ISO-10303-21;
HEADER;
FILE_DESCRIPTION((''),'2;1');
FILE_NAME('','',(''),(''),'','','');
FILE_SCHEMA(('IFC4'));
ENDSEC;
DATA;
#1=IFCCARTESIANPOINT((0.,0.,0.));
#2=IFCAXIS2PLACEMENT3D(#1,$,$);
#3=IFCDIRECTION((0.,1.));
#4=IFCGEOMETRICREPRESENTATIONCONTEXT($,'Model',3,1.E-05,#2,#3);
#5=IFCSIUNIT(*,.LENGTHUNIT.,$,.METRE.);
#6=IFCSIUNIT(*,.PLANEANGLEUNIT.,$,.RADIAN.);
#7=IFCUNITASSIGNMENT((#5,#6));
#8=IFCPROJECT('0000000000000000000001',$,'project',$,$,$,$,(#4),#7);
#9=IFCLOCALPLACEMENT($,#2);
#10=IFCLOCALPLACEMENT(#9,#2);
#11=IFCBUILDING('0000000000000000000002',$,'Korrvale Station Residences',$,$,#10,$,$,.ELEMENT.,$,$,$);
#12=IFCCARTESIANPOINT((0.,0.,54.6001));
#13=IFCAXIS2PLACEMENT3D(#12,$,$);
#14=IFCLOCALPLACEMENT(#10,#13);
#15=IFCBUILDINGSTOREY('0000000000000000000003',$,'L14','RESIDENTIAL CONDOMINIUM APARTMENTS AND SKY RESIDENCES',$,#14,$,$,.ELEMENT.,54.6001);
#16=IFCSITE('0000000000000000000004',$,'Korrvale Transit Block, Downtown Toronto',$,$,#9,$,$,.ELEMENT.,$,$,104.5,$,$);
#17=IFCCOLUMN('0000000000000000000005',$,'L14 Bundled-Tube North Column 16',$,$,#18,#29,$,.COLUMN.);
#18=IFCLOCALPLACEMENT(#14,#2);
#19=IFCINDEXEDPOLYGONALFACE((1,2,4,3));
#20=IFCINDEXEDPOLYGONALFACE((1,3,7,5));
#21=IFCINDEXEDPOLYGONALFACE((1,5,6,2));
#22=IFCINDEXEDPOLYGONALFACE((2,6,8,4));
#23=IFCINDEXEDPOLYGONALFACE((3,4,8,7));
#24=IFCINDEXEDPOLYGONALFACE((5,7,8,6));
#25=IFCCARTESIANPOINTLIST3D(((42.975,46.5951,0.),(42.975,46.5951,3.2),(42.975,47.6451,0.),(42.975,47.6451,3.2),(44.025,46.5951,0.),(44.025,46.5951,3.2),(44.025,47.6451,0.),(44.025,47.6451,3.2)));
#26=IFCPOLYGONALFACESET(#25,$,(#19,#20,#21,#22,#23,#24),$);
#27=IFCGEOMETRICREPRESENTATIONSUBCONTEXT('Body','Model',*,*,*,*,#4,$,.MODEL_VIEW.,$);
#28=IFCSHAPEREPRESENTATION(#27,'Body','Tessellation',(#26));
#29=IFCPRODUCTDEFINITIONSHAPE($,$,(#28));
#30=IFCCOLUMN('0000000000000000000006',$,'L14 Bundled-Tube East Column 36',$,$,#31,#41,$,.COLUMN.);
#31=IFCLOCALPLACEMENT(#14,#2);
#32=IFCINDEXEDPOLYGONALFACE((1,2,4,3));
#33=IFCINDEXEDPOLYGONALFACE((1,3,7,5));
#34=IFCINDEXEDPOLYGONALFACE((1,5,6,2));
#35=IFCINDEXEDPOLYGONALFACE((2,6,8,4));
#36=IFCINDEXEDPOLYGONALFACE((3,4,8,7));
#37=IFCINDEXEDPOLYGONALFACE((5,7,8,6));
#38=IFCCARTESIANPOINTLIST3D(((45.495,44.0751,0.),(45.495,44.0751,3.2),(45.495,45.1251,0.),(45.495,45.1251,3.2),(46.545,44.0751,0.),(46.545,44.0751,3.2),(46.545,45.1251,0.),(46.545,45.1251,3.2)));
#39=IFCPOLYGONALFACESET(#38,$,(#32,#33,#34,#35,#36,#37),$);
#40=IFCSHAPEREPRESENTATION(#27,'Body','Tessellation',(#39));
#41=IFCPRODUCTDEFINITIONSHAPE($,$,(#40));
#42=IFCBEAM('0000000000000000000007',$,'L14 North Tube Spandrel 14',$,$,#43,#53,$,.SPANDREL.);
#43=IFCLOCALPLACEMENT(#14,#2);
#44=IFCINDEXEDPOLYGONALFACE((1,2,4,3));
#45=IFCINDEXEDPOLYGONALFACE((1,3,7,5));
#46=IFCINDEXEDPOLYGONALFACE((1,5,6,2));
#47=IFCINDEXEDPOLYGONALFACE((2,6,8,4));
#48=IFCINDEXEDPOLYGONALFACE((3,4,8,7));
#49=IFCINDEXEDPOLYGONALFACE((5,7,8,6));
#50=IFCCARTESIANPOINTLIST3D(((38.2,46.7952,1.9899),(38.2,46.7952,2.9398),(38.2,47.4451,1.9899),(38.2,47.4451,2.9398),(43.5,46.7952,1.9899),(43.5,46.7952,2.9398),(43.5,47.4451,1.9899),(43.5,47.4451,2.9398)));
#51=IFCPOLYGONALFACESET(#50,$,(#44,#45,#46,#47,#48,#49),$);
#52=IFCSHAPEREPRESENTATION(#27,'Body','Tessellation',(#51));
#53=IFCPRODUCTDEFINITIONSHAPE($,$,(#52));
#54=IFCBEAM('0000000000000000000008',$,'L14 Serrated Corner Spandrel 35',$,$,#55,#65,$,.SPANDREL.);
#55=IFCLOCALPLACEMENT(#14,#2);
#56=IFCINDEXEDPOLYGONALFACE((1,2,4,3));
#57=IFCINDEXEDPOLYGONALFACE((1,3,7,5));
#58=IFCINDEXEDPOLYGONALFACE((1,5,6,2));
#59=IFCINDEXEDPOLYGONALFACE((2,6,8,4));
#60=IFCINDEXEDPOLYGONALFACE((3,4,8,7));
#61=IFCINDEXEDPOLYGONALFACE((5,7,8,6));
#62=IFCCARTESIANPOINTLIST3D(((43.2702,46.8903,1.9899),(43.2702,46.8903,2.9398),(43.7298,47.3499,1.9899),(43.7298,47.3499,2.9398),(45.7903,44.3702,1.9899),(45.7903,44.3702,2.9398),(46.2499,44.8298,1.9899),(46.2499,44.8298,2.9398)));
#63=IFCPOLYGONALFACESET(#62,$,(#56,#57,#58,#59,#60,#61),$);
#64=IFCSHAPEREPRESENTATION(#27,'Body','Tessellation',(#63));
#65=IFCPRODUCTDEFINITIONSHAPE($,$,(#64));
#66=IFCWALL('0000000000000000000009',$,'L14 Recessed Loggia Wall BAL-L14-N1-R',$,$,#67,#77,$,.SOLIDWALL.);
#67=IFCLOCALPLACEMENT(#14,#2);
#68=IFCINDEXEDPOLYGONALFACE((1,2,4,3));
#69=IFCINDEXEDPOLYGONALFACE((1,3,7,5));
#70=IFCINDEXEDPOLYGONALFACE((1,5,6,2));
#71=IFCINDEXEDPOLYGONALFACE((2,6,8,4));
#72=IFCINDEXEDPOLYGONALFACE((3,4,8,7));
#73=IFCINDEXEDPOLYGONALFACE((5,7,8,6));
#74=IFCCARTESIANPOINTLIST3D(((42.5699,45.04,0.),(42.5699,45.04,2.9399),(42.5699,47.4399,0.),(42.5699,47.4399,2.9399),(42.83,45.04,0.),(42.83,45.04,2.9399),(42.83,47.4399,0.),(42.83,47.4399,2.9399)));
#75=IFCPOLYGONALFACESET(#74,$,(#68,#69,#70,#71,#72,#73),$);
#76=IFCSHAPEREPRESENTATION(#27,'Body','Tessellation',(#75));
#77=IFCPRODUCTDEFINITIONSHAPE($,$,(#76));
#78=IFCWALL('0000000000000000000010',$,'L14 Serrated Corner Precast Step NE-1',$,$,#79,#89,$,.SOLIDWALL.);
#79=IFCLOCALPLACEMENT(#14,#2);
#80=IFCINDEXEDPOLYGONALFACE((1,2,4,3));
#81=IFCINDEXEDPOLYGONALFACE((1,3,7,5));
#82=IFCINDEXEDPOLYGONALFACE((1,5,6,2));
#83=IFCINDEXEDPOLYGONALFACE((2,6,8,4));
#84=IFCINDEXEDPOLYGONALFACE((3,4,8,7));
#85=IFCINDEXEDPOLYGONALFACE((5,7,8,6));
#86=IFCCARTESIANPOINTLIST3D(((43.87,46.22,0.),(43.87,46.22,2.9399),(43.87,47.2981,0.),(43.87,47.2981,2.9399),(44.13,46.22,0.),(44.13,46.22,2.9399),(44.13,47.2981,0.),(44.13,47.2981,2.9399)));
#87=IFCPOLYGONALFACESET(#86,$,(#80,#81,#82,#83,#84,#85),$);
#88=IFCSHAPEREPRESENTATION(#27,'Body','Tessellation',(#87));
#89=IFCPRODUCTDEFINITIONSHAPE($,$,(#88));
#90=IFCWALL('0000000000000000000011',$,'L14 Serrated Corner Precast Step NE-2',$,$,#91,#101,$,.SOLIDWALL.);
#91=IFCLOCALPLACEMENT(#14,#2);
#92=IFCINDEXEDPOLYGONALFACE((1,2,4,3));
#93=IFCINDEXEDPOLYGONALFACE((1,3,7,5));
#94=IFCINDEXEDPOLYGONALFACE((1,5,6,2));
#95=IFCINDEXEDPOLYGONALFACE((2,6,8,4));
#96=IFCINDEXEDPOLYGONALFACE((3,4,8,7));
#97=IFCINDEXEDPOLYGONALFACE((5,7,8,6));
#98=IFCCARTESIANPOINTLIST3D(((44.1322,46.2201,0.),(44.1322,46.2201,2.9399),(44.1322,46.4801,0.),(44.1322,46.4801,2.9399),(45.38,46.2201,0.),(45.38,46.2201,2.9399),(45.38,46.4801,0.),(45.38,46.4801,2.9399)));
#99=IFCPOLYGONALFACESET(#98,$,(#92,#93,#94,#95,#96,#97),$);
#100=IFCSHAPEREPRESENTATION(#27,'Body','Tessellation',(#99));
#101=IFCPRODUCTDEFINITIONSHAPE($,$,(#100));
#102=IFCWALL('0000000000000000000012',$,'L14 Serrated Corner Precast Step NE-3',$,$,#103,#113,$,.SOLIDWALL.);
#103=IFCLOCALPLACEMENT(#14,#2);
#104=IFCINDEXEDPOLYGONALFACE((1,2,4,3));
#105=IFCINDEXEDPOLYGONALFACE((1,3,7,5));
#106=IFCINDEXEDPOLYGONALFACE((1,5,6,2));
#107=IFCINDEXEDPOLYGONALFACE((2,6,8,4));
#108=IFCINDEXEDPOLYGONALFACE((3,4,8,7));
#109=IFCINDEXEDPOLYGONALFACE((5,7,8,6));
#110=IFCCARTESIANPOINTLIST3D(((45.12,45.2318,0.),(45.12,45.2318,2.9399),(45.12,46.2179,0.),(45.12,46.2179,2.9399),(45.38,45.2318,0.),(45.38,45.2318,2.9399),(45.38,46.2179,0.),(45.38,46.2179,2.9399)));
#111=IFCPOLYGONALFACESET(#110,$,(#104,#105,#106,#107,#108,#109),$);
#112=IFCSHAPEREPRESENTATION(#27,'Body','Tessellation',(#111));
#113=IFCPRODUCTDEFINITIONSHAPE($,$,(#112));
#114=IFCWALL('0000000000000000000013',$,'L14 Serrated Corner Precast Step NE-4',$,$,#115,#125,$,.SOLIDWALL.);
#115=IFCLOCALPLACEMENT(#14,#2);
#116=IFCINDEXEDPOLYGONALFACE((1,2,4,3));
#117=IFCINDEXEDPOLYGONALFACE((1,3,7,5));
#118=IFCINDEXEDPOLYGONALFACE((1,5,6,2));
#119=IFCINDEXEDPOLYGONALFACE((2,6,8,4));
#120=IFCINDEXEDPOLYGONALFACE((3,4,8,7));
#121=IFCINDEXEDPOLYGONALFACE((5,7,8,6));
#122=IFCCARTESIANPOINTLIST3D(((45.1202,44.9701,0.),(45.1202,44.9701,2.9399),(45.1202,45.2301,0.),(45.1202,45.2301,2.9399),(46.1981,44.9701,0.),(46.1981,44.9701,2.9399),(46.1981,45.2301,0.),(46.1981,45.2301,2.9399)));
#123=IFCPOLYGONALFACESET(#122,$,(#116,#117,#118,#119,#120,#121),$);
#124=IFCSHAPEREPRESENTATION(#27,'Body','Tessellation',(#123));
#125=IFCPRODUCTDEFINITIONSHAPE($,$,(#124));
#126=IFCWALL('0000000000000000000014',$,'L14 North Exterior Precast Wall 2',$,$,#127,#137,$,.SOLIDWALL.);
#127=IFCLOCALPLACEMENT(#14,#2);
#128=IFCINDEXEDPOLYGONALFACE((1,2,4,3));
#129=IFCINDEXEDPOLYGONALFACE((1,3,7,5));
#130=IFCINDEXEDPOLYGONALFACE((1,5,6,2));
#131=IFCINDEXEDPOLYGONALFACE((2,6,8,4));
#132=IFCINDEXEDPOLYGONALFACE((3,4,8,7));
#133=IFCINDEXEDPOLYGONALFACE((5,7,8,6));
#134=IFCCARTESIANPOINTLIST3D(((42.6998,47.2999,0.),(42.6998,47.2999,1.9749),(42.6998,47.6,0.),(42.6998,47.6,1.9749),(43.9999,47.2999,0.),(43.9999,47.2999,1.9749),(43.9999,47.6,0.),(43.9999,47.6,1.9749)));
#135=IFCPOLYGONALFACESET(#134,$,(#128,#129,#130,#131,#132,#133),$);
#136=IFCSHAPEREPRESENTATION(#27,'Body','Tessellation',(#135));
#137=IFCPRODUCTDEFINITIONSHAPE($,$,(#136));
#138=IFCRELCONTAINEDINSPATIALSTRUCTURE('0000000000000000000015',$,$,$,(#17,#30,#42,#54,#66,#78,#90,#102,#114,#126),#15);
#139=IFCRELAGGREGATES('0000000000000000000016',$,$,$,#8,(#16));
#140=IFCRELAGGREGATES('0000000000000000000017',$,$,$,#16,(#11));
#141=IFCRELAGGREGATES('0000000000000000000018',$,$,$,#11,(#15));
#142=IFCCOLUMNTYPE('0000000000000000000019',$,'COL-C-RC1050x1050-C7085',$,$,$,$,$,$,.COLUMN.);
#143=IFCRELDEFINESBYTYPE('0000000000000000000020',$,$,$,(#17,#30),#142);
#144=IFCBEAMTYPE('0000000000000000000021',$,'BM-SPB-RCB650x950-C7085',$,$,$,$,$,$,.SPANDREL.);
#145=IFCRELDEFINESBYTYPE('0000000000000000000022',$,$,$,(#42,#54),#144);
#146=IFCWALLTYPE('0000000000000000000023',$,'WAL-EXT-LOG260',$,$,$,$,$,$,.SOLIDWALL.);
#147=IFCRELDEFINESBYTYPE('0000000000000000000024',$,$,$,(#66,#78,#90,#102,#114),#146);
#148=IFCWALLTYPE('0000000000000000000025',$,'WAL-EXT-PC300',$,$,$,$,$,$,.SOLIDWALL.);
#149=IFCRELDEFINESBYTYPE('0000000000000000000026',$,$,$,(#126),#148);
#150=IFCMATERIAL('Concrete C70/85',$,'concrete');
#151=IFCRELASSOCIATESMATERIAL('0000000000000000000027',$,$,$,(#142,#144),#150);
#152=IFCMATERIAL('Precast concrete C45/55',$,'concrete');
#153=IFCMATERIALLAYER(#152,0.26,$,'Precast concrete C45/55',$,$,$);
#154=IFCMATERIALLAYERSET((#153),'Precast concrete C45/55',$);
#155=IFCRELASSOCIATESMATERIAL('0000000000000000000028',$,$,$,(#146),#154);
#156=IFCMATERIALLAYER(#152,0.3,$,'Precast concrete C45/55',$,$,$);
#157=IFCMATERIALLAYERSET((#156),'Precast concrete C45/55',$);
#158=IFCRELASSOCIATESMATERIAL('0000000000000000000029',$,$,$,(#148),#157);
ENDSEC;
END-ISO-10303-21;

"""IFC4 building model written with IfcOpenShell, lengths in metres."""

from ifc_helpers import new_model, si_unit, direction, frame, frame_2d, origin, origin_2d, place, context, subcontext, project, spatial, rectangle, extrude, material, layer, layer_set, material_profile, profile_set, type_object, element, save


model = new_model("IFC4")

# Units and contexts
model_context = context("Model", 3, precision=1e-05, world=origin(), true_north=direction((0.0, 1.0)))
body_context = subcontext(model_context, "Body", "Model", "MODEL_VIEW")
ifc_project = project(units=[si_unit("LENGTHUNIT", "METRE"), si_unit("PLANEANGLEUNIT", "RADIAN")], contexts=[model_context])

# Site, building, storey
site_placement = place(None, origin())
site = spatial("IfcSite", under=ifc_project, at=site_placement, Name="Korrvale Transit Block, Downtown Toronto", CompositionType="ELEMENT", RefElevation=104.5)
building_placement = place(site_placement, origin())
building = spatial("IfcBuilding", under=site, at=building_placement, Name="Korrvale Station Residences", CompositionType="ELEMENT")
storey_placement = place(building_placement, frame((0.0, 0.0, 54.6001)))
storey = spatial("IfcBuildingStorey", under=building, at=storey_placement, Name="L14", Description="RESIDENTIAL CONDOMINIUM APARTMENTS AND SKY RESIDENCES", CompositionType="ELEMENT", Elevation=54.6001)

# Columns
ifc_material_1 = material(Name="Concrete C70/85", Category="concrete")
ifc_material_profile_1 = material_profile(ifc_material_1, rectangle(XDim=1.05, YDim=1.05, at=origin_2d()), Name="RC1050x1050")
ifc_profile_set_1 = profile_set([ifc_material_profile_1], Name="Concrete C70/85")
column_type = type_object("IfcColumnType", Name="COL-C-RC1050x1050-C7085", PredefinedType="COLUMN", material=ifc_profile_set_1)
for number, where, z_axis, x_axis, name in (
    (1, (43.5, 47.1201, 0.0), (0.0, 0.0, 1.0), (1.0, 0.0, 0.0), "L14 Bundled-Tube North Column 16"),
    (2, (46.02, 44.6001, 0.0), (0.0, 0.0, 1.0), (1.0, 0.0, 0.0), "L14 Bundled-Tube East Column 36"),
):
    element("IfcColumn", number, at=place(storey_placement, frame(where, z_axis=z_axis, x_axis=x_axis)), inside=storey, type_object=column_type, Name=name, PredefinedType="COLUMN", context=body_context, shape_type="SweptSolid", body=[
        extrude(rectangle(XDim=1.05, YDim=1.05, at=origin_2d()), origin(), (0.0, 0.0, 1.0), 3.2),
    ])

# Beams
ifc_material_profile_2 = material_profile(ifc_material_1, rectangle(XDim=0.6499, YDim=0.95, at=origin_2d()), Name="RCB650x950")
ifc_profile_set_2 = profile_set([ifc_material_profile_2], Name="Concrete C70/85")
beam_type = type_object("IfcBeamType", Name="BM-SPB-RCB650x950-C7085", PredefinedType="SPANDREL", material=ifc_profile_set_2)
beam_1_placement = place(storey_placement, frame((38.2, 47.1201, 2.4648), z_axis=(1.0, 0.0, 0.0), x_axis=(0.0, 1.0, 0.0)))
element("IfcBeam", 3, at=beam_1_placement, inside=storey, type_object=beam_type, Name="L14 North Tube Spandrel 14", PredefinedType="SPANDREL", context=body_context, shape_type="SweptSolid", body=[
    extrude(rectangle(XDim=0.6499, YDim=0.95, at=origin_2d()), origin(), (0.0, 0.0, 1.0), 5.3),
])
beam_2_placement = place(storey_placement, frame((43.5, 47.1201, 2.4648), z_axis=(0.707107, -0.707107, 0.0), x_axis=(0.707107, 0.707107, 0.0)))
element("IfcBeam", 4, at=beam_2_placement, inside=storey, type_object=beam_type, Name="L14 Serrated Corner Spandrel 35", PredefinedType="SPANDREL", context=body_context, shape_type="SweptSolid", body=[
    extrude(rectangle(XDim=0.6499, YDim=0.95, at=origin_2d()), origin(), (0.0, 0.0, 1.0), 3.564),
])

# Walls
ifc_material_2 = material(Name="Precast concrete C45/55", Category="concrete")
ifc_layer_1 = layer(ifc_material_2, 0.26, Name="Precast concrete C45/55")
ifc_layer_set_1 = layer_set([ifc_layer_1], Name="Precast concrete C45/55")
wall_type_1 = type_object("IfcWallType", Name="WAL-EXT-LOG260", PredefinedType="SOLIDWALL", material=ifc_layer_set_1)
wall_1_placement = place(storey_placement, frame((42.7, 45.04, 0.0), z_axis=(0.0, 0.0, 1.0), x_axis=(0.0, 1.0, 0.0)))
element("IfcWall", 5, at=wall_1_placement, inside=storey, type_object=wall_type_1, Name="L14 Recessed Loggia Wall BAL-L14-N1-R", PredefinedType="SOLIDWALL", context=body_context, shape_type="SweptSolid", body=[
    extrude(rectangle(XDim=2.3999, YDim=0.26, at=frame_2d((1.2, 0.0))), origin(), (0.0, 0.0, 1.0), 2.9399),
])
wall_2_placement = place(storey_placement, frame((44.0, 47.2981, 0.0), z_axis=(0.0, 0.0, 1.0), x_axis=(0.0, -1.0, 0.0)))
element("IfcWall", 6, at=wall_2_placement, inside=storey, type_object=wall_type_1, Name="L14 Serrated Corner Precast Step NE-1", PredefinedType="SOLIDWALL", context=body_context, shape_type="SweptSolid", body=[
    extrude(rectangle(XDim=1.0781, YDim=0.26, at=frame_2d((0.5391, 0.0))), origin(), (0.0, 0.0, 1.0), 2.9399),
])
wall_3_placement = place(storey_placement, frame((44.1321, 46.3501, 0.0), z_axis=(0.0, 0.0, 1.0), x_axis=(1.0, 0.0, 0.0)))
element("IfcWall", 7, at=wall_3_placement, inside=storey, type_object=wall_type_1, Name="L14 Serrated Corner Precast Step NE-2", PredefinedType="SOLIDWALL", context=body_context, shape_type="SweptSolid", body=[
    extrude(rectangle(XDim=1.2478, YDim=0.26, at=frame_2d((0.624, 0.0))), origin(), (0.0, 0.0, 1.0), 2.9399),
])
wall_4_placement = place(storey_placement, frame((45.25, 46.218, 0.0), z_axis=(0.0, 0.0, 1.0), x_axis=(0.0, -1.0, 0.0)))
element("IfcWall", 8, at=wall_4_placement, inside=storey, type_object=wall_type_1, Name="L14 Serrated Corner Precast Step NE-3", PredefinedType="SOLIDWALL", context=body_context, shape_type="SweptSolid", body=[
    extrude(rectangle(XDim=0.9861, YDim=0.26, at=frame_2d((0.4932, 0.0))), origin(), (0.0, 0.0, 1.0), 2.9399),
])
wall_5_placement = place(storey_placement, frame((45.1201, 45.1001, 0.0), z_axis=(0.0, 0.0, 1.0), x_axis=(1.0, 0.0, 0.0)))
element("IfcWall", 9, at=wall_5_placement, inside=storey, type_object=wall_type_1, Name="L14 Serrated Corner Precast Step NE-4", PredefinedType="SOLIDWALL", context=body_context, shape_type="SweptSolid", body=[
    extrude(rectangle(XDim=1.0779, YDim=0.26, at=frame_2d((0.5391, 0.0))), origin(), (0.0, 0.0, 1.0), 2.9399),
])
ifc_layer_2 = layer(ifc_material_2, 0.3, Name="Precast concrete C45/55")
ifc_layer_set_2 = layer_set([ifc_layer_2], Name="Precast concrete C45/55")
wall_type_2 = type_object("IfcWallType", Name="WAL-EXT-PC300", PredefinedType="SOLIDWALL", material=ifc_layer_set_2)
wall_6_placement = place(storey_placement, frame((42.7, 47.45, 0.0), z_axis=(0.0, 0.0, 1.0), x_axis=(1.0, 0.0, 0.0)))
element("IfcWall", 10, at=wall_6_placement, inside=storey, type_object=wall_type_2, Name="L14 North Exterior Precast Wall 2", PredefinedType="SOLIDWALL", context=body_context, shape_type="SweptSolid", body=[
    extrude(rectangle(XDim=1.3, YDim=0.3, at=frame_2d((0.6499, 0.0))), origin(), (0.0, 0.0, 1.0), 1.9749),
])

save(model, "model.ifc")
